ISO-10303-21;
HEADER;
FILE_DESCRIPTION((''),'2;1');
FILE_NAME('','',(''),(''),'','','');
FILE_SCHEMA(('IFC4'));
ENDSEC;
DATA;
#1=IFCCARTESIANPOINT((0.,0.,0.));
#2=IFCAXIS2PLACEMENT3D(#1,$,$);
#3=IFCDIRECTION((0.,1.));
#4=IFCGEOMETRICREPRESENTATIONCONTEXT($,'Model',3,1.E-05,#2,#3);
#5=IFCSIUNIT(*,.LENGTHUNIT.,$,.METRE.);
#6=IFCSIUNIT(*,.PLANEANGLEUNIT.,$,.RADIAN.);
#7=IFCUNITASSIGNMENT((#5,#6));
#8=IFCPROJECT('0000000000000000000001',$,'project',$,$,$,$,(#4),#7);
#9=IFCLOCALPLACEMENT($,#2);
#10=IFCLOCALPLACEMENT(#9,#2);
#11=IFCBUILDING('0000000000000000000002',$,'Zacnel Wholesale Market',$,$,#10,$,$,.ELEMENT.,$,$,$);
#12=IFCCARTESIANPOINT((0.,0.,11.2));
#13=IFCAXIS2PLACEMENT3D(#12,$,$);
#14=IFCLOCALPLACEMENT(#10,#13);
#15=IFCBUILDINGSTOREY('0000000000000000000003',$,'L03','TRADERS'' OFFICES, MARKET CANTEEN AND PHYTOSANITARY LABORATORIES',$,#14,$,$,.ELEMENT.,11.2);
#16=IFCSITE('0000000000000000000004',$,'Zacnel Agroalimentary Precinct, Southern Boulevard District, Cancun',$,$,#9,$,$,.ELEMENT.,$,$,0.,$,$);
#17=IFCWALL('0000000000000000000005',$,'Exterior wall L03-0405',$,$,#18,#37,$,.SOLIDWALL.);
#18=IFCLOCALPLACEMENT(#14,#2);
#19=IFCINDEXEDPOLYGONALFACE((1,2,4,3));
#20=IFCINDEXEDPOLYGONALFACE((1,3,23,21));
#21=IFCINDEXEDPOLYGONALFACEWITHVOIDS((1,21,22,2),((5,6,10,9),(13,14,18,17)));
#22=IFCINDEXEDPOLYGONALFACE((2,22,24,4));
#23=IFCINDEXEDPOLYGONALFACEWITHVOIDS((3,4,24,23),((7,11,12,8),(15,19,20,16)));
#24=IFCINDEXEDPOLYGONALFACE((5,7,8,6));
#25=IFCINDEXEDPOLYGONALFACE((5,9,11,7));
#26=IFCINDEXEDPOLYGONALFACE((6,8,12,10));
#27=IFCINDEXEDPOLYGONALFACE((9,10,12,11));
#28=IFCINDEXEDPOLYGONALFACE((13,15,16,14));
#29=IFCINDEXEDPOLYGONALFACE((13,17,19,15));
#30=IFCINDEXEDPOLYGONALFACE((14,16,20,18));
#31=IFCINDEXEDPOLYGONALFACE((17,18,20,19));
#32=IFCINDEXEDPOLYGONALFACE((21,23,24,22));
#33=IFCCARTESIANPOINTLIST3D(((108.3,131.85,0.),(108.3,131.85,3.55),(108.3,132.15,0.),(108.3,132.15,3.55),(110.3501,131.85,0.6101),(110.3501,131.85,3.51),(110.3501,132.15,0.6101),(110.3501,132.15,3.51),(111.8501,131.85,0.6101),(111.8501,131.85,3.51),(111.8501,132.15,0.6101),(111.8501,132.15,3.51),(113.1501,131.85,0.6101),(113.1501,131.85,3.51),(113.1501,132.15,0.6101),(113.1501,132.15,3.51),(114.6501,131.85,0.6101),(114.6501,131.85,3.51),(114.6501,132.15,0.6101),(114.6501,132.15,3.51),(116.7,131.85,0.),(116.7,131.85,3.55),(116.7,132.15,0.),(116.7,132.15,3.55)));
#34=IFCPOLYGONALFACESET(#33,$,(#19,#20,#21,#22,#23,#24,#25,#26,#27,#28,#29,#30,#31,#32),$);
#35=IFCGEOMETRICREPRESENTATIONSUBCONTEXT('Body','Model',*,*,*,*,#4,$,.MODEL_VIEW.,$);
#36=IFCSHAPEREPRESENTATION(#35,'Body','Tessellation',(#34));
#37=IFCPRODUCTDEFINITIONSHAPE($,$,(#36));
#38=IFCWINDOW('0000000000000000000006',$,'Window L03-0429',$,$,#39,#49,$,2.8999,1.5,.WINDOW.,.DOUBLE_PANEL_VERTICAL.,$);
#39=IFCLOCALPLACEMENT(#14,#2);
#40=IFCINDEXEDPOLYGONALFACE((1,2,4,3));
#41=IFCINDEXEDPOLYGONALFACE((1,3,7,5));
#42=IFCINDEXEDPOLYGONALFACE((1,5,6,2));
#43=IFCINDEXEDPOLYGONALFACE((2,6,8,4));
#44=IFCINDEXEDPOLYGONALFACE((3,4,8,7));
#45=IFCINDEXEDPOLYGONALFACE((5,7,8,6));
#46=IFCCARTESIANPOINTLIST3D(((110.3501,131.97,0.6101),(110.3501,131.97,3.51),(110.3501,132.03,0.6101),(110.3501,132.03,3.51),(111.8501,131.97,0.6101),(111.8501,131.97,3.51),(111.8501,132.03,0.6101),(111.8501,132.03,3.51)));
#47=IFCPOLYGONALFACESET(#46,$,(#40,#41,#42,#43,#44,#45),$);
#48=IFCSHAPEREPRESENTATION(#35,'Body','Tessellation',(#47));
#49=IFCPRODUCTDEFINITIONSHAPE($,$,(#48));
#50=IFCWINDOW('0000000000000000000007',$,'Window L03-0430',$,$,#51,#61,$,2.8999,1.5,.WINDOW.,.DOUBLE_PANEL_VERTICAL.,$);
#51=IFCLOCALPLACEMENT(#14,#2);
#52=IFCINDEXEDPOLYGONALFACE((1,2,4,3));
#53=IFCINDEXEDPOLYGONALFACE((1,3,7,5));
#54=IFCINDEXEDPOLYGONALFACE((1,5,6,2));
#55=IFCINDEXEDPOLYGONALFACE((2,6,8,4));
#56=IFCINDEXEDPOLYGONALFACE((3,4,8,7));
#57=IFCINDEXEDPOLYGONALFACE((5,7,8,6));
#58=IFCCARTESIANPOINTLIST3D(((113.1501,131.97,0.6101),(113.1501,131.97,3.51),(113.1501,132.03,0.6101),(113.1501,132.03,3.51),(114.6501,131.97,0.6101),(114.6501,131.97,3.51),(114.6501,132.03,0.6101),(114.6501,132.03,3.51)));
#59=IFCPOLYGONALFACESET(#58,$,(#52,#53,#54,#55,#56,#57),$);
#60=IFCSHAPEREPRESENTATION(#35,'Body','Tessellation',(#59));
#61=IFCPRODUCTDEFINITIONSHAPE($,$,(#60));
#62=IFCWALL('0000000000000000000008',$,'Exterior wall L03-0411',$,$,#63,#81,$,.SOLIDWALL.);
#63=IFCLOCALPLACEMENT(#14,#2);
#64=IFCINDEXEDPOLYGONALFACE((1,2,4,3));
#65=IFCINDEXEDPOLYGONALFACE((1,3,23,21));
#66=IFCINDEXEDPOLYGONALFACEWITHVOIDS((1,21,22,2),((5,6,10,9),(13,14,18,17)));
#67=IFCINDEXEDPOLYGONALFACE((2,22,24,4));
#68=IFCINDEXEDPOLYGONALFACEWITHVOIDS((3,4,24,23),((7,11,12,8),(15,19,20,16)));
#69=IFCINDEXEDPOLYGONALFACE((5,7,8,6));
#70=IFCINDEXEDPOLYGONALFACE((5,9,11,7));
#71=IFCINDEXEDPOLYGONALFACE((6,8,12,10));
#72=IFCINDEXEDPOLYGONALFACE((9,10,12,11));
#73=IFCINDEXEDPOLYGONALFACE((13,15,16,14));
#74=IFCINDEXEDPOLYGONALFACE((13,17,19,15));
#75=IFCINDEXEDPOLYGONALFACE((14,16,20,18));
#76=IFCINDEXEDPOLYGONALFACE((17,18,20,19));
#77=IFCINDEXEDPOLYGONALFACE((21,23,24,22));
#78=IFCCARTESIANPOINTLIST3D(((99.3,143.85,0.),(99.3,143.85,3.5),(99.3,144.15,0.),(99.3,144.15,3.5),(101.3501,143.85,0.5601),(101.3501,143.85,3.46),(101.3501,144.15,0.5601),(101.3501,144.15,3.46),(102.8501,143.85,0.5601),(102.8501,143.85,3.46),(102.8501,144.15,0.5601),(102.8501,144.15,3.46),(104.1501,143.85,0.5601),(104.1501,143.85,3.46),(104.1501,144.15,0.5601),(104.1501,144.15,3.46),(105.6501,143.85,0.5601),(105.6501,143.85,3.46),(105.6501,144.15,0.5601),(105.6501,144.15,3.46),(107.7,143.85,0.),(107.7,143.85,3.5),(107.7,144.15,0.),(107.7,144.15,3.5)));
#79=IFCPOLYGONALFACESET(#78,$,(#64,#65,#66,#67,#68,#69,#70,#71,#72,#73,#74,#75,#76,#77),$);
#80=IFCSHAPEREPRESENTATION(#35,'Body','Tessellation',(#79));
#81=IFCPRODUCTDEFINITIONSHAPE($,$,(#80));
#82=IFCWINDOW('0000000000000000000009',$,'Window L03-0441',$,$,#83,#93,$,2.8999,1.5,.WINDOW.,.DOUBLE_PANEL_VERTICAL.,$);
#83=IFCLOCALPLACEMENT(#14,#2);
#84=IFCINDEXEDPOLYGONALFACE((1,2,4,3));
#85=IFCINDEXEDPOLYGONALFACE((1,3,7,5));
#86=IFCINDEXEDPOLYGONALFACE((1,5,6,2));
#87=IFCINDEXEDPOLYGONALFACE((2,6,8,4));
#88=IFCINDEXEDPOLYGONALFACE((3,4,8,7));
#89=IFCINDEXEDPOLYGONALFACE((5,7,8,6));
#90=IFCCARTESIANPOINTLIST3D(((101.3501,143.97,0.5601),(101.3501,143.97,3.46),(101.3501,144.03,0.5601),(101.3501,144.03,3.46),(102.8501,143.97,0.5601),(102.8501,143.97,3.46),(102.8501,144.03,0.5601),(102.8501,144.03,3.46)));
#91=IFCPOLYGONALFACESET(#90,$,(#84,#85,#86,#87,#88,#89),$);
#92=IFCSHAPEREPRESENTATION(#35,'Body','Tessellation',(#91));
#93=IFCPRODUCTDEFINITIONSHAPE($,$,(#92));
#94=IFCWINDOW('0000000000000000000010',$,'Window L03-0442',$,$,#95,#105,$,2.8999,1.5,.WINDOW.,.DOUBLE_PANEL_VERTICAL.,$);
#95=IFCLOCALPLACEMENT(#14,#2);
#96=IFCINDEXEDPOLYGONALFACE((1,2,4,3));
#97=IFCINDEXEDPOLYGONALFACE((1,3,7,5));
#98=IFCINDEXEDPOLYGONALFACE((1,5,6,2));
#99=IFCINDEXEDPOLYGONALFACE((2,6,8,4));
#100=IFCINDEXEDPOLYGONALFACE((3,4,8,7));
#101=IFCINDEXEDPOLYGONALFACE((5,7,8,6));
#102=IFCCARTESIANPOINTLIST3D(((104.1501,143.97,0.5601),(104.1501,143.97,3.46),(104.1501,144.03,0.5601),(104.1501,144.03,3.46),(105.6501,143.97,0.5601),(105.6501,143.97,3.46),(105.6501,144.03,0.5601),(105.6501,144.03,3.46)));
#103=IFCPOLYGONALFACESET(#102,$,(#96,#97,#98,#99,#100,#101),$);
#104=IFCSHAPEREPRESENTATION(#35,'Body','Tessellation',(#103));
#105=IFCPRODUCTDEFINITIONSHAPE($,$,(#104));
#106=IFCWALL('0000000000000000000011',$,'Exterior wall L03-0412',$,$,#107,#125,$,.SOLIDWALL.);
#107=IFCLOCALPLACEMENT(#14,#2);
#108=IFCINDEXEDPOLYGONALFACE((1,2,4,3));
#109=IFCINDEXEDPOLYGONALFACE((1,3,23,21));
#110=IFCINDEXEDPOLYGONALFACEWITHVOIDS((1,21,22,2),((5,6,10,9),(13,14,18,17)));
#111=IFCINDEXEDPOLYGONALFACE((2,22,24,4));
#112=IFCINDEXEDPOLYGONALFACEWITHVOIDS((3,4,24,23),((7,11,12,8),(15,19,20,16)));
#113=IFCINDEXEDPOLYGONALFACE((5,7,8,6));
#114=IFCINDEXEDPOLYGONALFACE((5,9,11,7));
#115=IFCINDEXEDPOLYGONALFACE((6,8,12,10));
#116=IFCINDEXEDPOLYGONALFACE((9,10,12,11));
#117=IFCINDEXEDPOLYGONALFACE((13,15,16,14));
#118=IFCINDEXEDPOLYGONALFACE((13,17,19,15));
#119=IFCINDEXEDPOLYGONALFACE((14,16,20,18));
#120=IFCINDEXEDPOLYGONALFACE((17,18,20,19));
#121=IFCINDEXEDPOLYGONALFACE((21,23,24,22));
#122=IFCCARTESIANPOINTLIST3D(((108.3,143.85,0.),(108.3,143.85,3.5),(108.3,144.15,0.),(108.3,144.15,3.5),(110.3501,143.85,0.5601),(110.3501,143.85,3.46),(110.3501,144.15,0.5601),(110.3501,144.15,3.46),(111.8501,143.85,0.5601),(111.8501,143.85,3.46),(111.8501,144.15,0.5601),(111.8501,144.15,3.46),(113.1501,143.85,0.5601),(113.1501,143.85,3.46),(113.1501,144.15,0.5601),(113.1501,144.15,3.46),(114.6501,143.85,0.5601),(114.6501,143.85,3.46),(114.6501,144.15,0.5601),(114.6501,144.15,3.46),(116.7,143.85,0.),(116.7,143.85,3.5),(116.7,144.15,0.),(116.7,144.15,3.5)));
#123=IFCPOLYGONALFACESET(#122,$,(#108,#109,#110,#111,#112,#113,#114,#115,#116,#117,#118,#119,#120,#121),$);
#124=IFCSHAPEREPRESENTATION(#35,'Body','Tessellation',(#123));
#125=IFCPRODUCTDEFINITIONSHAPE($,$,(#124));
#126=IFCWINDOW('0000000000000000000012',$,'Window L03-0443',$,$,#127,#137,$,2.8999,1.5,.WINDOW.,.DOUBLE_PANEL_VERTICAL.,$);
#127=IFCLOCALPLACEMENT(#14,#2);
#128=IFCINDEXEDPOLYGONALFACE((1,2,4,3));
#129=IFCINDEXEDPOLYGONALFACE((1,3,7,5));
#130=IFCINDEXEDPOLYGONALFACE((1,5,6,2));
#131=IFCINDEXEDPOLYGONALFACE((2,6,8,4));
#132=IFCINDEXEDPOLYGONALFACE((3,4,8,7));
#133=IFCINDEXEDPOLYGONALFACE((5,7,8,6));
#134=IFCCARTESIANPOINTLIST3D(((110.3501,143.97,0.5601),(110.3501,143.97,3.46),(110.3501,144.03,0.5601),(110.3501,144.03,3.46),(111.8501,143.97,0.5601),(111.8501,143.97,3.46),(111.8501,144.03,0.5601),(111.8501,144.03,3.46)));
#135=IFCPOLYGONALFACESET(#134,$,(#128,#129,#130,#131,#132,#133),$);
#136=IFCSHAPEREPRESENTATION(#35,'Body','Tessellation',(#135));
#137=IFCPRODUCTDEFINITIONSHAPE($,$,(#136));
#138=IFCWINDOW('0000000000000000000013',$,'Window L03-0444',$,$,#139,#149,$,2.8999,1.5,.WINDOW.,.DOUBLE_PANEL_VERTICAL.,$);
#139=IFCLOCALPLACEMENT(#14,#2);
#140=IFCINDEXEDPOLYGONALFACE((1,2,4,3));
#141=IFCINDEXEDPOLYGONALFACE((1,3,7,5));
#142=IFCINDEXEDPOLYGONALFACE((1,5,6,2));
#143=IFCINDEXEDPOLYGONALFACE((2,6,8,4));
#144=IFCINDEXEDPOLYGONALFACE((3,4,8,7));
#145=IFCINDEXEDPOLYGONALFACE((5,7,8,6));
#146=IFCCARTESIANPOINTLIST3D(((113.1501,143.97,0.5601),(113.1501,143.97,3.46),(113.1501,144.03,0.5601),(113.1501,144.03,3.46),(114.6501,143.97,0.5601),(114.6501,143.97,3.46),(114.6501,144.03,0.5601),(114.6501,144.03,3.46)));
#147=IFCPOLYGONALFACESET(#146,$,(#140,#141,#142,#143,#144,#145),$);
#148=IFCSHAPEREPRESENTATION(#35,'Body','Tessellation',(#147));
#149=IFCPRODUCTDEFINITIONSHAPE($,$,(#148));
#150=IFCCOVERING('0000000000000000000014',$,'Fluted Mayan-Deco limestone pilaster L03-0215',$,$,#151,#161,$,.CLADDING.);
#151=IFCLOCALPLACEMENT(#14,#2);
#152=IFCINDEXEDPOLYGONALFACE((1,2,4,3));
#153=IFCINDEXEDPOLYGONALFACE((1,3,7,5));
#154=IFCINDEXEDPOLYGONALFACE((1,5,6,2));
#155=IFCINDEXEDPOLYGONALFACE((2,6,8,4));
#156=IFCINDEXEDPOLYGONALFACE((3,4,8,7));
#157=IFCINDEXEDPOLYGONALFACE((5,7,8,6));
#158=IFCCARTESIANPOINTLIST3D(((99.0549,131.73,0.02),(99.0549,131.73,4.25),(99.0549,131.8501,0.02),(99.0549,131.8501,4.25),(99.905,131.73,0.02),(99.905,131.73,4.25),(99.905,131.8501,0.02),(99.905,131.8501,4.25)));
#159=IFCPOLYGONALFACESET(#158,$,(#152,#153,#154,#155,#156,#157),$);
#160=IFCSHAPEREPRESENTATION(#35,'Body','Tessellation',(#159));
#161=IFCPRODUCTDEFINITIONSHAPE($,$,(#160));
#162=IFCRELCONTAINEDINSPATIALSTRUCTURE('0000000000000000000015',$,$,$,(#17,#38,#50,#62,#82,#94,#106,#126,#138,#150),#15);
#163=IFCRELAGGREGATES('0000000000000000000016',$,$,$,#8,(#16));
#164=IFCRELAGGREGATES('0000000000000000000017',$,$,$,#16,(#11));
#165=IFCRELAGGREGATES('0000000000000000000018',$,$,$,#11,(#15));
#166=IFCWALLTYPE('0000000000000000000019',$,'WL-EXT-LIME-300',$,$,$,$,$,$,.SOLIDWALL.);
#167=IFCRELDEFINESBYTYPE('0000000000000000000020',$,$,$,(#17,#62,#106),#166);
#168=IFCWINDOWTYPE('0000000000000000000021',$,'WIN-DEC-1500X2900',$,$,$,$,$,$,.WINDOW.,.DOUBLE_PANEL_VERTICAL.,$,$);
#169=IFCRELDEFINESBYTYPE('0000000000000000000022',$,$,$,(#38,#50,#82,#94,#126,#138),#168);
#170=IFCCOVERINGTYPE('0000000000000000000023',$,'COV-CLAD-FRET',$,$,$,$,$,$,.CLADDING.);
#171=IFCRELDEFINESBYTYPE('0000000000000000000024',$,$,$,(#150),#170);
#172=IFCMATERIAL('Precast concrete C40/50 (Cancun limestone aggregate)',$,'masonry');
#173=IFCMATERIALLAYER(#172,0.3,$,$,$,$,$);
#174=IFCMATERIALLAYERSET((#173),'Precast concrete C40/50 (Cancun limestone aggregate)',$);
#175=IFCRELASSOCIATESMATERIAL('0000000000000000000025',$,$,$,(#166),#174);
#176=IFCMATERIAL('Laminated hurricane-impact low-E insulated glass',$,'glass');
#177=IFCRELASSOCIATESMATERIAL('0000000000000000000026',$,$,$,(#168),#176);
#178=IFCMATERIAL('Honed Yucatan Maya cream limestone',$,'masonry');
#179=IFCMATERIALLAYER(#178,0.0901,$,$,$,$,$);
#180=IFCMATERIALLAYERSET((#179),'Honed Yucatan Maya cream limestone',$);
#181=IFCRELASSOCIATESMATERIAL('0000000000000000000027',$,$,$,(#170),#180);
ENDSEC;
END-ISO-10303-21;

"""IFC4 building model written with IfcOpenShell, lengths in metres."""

from ifc_helpers import new_model, si_unit, direction, frame, frame_2d, origin, origin_2d, place, context, subcontext, project, spatial, rectangle, extrude, material, layer, layer_set, type_object, element, fill, save


model = new_model("IFC4")

# Units and contexts
model_context = context("Model", 3, precision=1e-05, world=origin(), true_north=direction((0.0, 1.0)))
body_context = subcontext(model_context, "Body", "Model", "MODEL_VIEW")
ifc_project = project(units=[si_unit("LENGTHUNIT", "METRE"), si_unit("PLANEANGLEUNIT", "RADIAN")], contexts=[model_context])

# Site, building, storey
site_placement = place(None, origin())
site = spatial("IfcSite", under=ifc_project, at=site_placement, Name="Zacnel Agroalimentary Precinct, Southern Boulevard District, Cancun", CompositionType="ELEMENT", RefElevation=0.0)
building_placement = place(site_placement, origin())
building = spatial("IfcBuilding", under=site, at=building_placement, Name="Zacnel Wholesale Market", CompositionType="ELEMENT")
storey_placement = place(building_placement, frame((0.0, 0.0, 11.2)))
storey = spatial("IfcBuildingStorey", under=building, at=storey_placement, Name="L03", Description="TRADERS' OFFICES, MARKET CANTEEN AND PHYTOSANITARY LABORATORIES", CompositionType="ELEMENT", Elevation=11.2)

# Walls, openings, windows
ifc_material_1 = material(Name="Precast concrete C40/50 (Cancun limestone aggregate)", Category="masonry")
ifc_layer_1 = layer(ifc_material_1, 0.3)
ifc_layer_set_1 = layer_set([ifc_layer_1], Name="Precast concrete C40/50 (Cancun limestone aggregate)")
wall_type = type_object("IfcWallType", Name="WL-EXT-LIME-300", PredefinedType="SOLIDWALL", material=ifc_layer_set_1)
ifc_material_2 = material(Name="Laminated hurricane-impact low-E insulated glass", Category="glass")
window_type = type_object("IfcWindowType", Name="WIN-DEC-1500X2900", PartitioningType="DOUBLE_PANEL_VERTICAL", PredefinedType="WINDOW", material=ifc_material_2)
wall_1_placement = place(storey_placement, frame((108.3, 132.0, 0.0), z_axis=(0.0, 0.0, 1.0), x_axis=(1.0, 0.0, 0.0)))
wall_1 = element("IfcWall", 1, at=wall_1_placement, inside=storey, type_object=wall_type, Name="Exterior wall L03-0405", PredefinedType="SOLIDWALL", context=body_context, shape_type="SweptSolid", body=[
    extrude(rectangle(XDim=8.3999, YDim=0.3, at=frame_2d((4.2, 0.0))), origin(), (0.0, 0.0, 1.0), 3.55),
])
opening_1_placement = place(wall_1_placement, frame((2.05, 0.0, 0.6101)))
opening_1 = element("IfcOpeningElement", 2, at=opening_1_placement, cuts=wall_1, PredefinedType="OPENING", context=body_context, shape_type="SweptSolid", body=[
    extrude(rectangle(XDim=1.5, YDim=2.8999, at=frame_2d((0.75, 1.45))), frame((0.0, 0.1599, 0.0), z_axis=(0.0, -1.0, 0.0), x_axis=(1.0, 0.0, 0.0)), (0.0, 0.0, 1.0), 0.3201),
])
opening_2_placement = place(wall_1_placement, frame((4.8501, 0.0, 0.6101)))
opening_2 = element("IfcOpeningElement", 3, at=opening_2_placement, cuts=wall_1, PredefinedType="OPENING", context=body_context, shape_type="SweptSolid", body=[
    extrude(rectangle(XDim=1.5, YDim=2.8999, at=frame_2d((0.75, 1.45))), frame((0.0, 0.1599, 0.0), z_axis=(0.0, -1.0, 0.0), x_axis=(1.0, 0.0, 0.0)), (0.0, 0.0, 1.0), 0.3201),
])
window_1_placement = place(opening_1_placement, origin())
window_1 = element("IfcWindow", 4, at=window_1_placement, inside=storey, type_object=window_type, Name="Window L03-0429", OverallHeight=2.8999, OverallWidth=1.5, PartitioningType="DOUBLE_PANEL_VERTICAL", PredefinedType="WINDOW", context=body_context, shape_type="SweptSolid", body=[
    extrude(rectangle(XDim=1.5, YDim=2.8999, at=frame_2d((0.75, 1.45))), frame((0.0, 0.03, 0.0), z_axis=(0.0, -1.0, 0.0), x_axis=(1.0, 0.0, 0.0)), (0.0, 0.0, 1.0), 0.0601),
])
fill(opening_1, window_1)
window_2_placement = place(opening_2_placement, origin())
window_2 = element("IfcWindow", 5, at=window_2_placement, inside=storey, type_object=window_type, Name="Window L03-0430", OverallHeight=2.8999, OverallWidth=1.5, PartitioningType="DOUBLE_PANEL_VERTICAL", PredefinedType="WINDOW", context=body_context, shape_type="SweptSolid", body=[
    extrude(rectangle(XDim=1.5, YDim=2.8999, at=frame_2d((0.75, 1.45))), frame((0.0, 0.03, 0.0), z_axis=(0.0, -1.0, 0.0), x_axis=(1.0, 0.0, 0.0)), (0.0, 0.0, 1.0), 0.0601),
])
fill(opening_2, window_2)
wall_2_placement = place(storey_placement, frame((99.3, 144.0, 0.0), z_axis=(0.0, 0.0, 1.0), x_axis=(1.0, 0.0, 0.0)))
wall_2 = element("IfcWall", 6, at=wall_2_placement, inside=storey, type_object=wall_type, Name="Exterior wall L03-0411", PredefinedType="SOLIDWALL", context=body_context, shape_type="SweptSolid", body=[
    extrude(rectangle(XDim=8.3999, YDim=0.3, at=frame_2d((4.2, 0.0))), origin(), (0.0, 0.0, 1.0), 3.5),
])
opening_3_placement = place(wall_2_placement, frame((2.05, 0.0, 0.5601)))
opening_3 = element("IfcOpeningElement", 7, at=opening_3_placement, cuts=wall_2, PredefinedType="OPENING", context=body_context, shape_type="SweptSolid", body=[
    extrude(rectangle(XDim=1.5, YDim=2.8999, at=frame_2d((0.75, 1.45))), frame((0.0, 0.1599, 0.0), z_axis=(0.0, -1.0, 0.0), x_axis=(1.0, 0.0, 0.0)), (0.0, 0.0, 1.0), 0.3201),
])
opening_4_placement = place(wall_2_placement, frame((4.8501, 0.0, 0.5601)))
opening_4 = element("IfcOpeningElement", 8, at=opening_4_placement, cuts=wall_2, PredefinedType="OPENING", context=body_context, shape_type="SweptSolid", body=[
    extrude(rectangle(XDim=1.5, YDim=2.8999, at=frame_2d((0.75, 1.45))), frame((0.0, 0.1599, 0.0), z_axis=(0.0, -1.0, 0.0), x_axis=(1.0, 0.0, 0.0)), (0.0, 0.0, 1.0), 0.3201),
])
window_3_placement = place(opening_3_placement, origin())
window_3 = element("IfcWindow", 9, at=window_3_placement, inside=storey, type_object=window_type, Name="Window L03-0441", OverallHeight=2.8999, OverallWidth=1.5, PartitioningType="DOUBLE_PANEL_VERTICAL", PredefinedType="WINDOW", context=body_context, shape_type="SweptSolid", body=[
    extrude(rectangle(XDim=1.5, YDim=2.8999, at=frame_2d((0.75, 1.45))), frame((0.0, 0.03, 0.0), z_axis=(0.0, -1.0, 0.0), x_axis=(1.0, 0.0, 0.0)), (0.0, 0.0, 1.0), 0.0601),
])
fill(opening_3, window_3)
window_4_placement = place(opening_4_placement, origin())
window_4 = element("IfcWindow", 10, at=window_4_placement, inside=storey, type_object=window_type, Name="Window L03-0442", OverallHeight=2.8999, OverallWidth=1.5, PartitioningType="DOUBLE_PANEL_VERTICAL", PredefinedType="WINDOW", context=body_context, shape_type="SweptSolid", body=[
    extrude(rectangle(XDim=1.5, YDim=2.8999, at=frame_2d((0.75, 1.45))), frame((0.0, 0.03, 0.0), z_axis=(0.0, -1.0, 0.0), x_axis=(1.0, 0.0, 0.0)), (0.0, 0.0, 1.0), 0.0601),
])
fill(opening_4, window_4)
wall_3_placement = place(storey_placement, frame((108.3, 144.0, 0.0), z_axis=(0.0, 0.0, 1.0), x_axis=(1.0, 0.0, 0.0)))
wall_3 = element("IfcWall", 11, at=wall_3_placement, inside=storey, type_object=wall_type, Name="Exterior wall L03-0412", PredefinedType="SOLIDWALL", context=body_context, shape_type="SweptSolid", body=[
    extrude(rectangle(XDim=8.3999, YDim=0.3, at=frame_2d((4.2, 0.0))), origin(), (0.0, 0.0, 1.0), 3.5),
])
opening_5_placement = place(wall_3_placement, frame((2.05, 0.0, 0.5601)))
opening_5 = element("IfcOpeningElement", 12, at=opening_5_placement, cuts=wall_3, PredefinedType="OPENING", context=body_context, shape_type="SweptSolid", body=[
    extrude(rectangle(XDim=1.5, YDim=2.8999, at=frame_2d((0.75, 1.45))), frame((0.0, 0.1599, 0.0), z_axis=(0.0, -1.0, 0.0), x_axis=(1.0, 0.0, 0.0)), (0.0, 0.0, 1.0), 0.3201),
])
opening_6_placement = place(wall_3_placement, frame((4.8501, 0.0, 0.5601)))
opening_6 = element("IfcOpeningElement", 13, at=opening_6_placement, cuts=wall_3, PredefinedType="OPENING", context=body_context, shape_type="SweptSolid", body=[
    extrude(rectangle(XDim=1.5, YDim=2.8999, at=frame_2d((0.75, 1.45))), frame((0.0, 0.1599, 0.0), z_axis=(0.0, -1.0, 0.0), x_axis=(1.0, 0.0, 0.0)), (0.0, 0.0, 1.0), 0.3201),
])
window_5_placement = place(opening_5_placement, origin())
window_5 = element("IfcWindow", 14, at=window_5_placement, inside=storey, type_object=window_type, Name="Window L03-0443", OverallHeight=2.8999, OverallWidth=1.5, PartitioningType="DOUBLE_PANEL_VERTICAL", PredefinedType="WINDOW", context=body_context, shape_type="SweptSolid", body=[
    extrude(rectangle(XDim=1.5, YDim=2.8999, at=frame_2d((0.75, 1.45))), frame((0.0, 0.03, 0.0), z_axis=(0.0, -1.0, 0.0), x_axis=(1.0, 0.0, 0.0)), (0.0, 0.0, 1.0), 0.0601),
])
fill(opening_5, window_5)
window_6_placement = place(opening_6_placement, origin())
window_6 = element("IfcWindow", 15, at=window_6_placement, inside=storey, type_object=window_type, Name="Window L03-0444", OverallHeight=2.8999, OverallWidth=1.5, PartitioningType="DOUBLE_PANEL_VERTICAL", PredefinedType="WINDOW", context=body_context, shape_type="SweptSolid", body=[
    extrude(rectangle(XDim=1.5, YDim=2.8999, at=frame_2d((0.75, 1.45))), frame((0.0, 0.03, 0.0), z_axis=(0.0, -1.0, 0.0), x_axis=(1.0, 0.0, 0.0)), (0.0, 0.0, 1.0), 0.0601),
])
fill(opening_6, window_6)

# Covering
ifc_material_3 = material(Name="Honed Yucatan Maya cream limestone", Category="masonry")
ifc_layer_2 = layer(ifc_material_3, 0.0901)
ifc_layer_set_2 = layer_set([ifc_layer_2], Name="Honed Yucatan Maya cream limestone")
covering_type = type_object("IfcCoveringType", Name="COV-CLAD-FRET", PredefinedType="CLADDING", material=ifc_layer_set_2)
for number, where, z_axis, x_axis, name in (
    (16, (99.48, 131.79, 0.02), (0.0, 0.0, 1.0), (1.0, 0.0, 0.0), "Fluted Mayan-Deco limestone pilaster L03-0215"),
):
    element("IfcCovering", number, at=place(storey_placement, frame(where, z_axis=z_axis, x_axis=x_axis)), inside=storey, type_object=covering_type, Name=name, PredefinedType="CLADDING", context=body_context, shape_type="SweptSolid", body=[
        extrude(rectangle(XDim=0.8501, YDim=0.1201, at=origin_2d()), origin(), (0.0, 0.0, 1.0), 4.23),
    ])

save(model, "model.ifc")
